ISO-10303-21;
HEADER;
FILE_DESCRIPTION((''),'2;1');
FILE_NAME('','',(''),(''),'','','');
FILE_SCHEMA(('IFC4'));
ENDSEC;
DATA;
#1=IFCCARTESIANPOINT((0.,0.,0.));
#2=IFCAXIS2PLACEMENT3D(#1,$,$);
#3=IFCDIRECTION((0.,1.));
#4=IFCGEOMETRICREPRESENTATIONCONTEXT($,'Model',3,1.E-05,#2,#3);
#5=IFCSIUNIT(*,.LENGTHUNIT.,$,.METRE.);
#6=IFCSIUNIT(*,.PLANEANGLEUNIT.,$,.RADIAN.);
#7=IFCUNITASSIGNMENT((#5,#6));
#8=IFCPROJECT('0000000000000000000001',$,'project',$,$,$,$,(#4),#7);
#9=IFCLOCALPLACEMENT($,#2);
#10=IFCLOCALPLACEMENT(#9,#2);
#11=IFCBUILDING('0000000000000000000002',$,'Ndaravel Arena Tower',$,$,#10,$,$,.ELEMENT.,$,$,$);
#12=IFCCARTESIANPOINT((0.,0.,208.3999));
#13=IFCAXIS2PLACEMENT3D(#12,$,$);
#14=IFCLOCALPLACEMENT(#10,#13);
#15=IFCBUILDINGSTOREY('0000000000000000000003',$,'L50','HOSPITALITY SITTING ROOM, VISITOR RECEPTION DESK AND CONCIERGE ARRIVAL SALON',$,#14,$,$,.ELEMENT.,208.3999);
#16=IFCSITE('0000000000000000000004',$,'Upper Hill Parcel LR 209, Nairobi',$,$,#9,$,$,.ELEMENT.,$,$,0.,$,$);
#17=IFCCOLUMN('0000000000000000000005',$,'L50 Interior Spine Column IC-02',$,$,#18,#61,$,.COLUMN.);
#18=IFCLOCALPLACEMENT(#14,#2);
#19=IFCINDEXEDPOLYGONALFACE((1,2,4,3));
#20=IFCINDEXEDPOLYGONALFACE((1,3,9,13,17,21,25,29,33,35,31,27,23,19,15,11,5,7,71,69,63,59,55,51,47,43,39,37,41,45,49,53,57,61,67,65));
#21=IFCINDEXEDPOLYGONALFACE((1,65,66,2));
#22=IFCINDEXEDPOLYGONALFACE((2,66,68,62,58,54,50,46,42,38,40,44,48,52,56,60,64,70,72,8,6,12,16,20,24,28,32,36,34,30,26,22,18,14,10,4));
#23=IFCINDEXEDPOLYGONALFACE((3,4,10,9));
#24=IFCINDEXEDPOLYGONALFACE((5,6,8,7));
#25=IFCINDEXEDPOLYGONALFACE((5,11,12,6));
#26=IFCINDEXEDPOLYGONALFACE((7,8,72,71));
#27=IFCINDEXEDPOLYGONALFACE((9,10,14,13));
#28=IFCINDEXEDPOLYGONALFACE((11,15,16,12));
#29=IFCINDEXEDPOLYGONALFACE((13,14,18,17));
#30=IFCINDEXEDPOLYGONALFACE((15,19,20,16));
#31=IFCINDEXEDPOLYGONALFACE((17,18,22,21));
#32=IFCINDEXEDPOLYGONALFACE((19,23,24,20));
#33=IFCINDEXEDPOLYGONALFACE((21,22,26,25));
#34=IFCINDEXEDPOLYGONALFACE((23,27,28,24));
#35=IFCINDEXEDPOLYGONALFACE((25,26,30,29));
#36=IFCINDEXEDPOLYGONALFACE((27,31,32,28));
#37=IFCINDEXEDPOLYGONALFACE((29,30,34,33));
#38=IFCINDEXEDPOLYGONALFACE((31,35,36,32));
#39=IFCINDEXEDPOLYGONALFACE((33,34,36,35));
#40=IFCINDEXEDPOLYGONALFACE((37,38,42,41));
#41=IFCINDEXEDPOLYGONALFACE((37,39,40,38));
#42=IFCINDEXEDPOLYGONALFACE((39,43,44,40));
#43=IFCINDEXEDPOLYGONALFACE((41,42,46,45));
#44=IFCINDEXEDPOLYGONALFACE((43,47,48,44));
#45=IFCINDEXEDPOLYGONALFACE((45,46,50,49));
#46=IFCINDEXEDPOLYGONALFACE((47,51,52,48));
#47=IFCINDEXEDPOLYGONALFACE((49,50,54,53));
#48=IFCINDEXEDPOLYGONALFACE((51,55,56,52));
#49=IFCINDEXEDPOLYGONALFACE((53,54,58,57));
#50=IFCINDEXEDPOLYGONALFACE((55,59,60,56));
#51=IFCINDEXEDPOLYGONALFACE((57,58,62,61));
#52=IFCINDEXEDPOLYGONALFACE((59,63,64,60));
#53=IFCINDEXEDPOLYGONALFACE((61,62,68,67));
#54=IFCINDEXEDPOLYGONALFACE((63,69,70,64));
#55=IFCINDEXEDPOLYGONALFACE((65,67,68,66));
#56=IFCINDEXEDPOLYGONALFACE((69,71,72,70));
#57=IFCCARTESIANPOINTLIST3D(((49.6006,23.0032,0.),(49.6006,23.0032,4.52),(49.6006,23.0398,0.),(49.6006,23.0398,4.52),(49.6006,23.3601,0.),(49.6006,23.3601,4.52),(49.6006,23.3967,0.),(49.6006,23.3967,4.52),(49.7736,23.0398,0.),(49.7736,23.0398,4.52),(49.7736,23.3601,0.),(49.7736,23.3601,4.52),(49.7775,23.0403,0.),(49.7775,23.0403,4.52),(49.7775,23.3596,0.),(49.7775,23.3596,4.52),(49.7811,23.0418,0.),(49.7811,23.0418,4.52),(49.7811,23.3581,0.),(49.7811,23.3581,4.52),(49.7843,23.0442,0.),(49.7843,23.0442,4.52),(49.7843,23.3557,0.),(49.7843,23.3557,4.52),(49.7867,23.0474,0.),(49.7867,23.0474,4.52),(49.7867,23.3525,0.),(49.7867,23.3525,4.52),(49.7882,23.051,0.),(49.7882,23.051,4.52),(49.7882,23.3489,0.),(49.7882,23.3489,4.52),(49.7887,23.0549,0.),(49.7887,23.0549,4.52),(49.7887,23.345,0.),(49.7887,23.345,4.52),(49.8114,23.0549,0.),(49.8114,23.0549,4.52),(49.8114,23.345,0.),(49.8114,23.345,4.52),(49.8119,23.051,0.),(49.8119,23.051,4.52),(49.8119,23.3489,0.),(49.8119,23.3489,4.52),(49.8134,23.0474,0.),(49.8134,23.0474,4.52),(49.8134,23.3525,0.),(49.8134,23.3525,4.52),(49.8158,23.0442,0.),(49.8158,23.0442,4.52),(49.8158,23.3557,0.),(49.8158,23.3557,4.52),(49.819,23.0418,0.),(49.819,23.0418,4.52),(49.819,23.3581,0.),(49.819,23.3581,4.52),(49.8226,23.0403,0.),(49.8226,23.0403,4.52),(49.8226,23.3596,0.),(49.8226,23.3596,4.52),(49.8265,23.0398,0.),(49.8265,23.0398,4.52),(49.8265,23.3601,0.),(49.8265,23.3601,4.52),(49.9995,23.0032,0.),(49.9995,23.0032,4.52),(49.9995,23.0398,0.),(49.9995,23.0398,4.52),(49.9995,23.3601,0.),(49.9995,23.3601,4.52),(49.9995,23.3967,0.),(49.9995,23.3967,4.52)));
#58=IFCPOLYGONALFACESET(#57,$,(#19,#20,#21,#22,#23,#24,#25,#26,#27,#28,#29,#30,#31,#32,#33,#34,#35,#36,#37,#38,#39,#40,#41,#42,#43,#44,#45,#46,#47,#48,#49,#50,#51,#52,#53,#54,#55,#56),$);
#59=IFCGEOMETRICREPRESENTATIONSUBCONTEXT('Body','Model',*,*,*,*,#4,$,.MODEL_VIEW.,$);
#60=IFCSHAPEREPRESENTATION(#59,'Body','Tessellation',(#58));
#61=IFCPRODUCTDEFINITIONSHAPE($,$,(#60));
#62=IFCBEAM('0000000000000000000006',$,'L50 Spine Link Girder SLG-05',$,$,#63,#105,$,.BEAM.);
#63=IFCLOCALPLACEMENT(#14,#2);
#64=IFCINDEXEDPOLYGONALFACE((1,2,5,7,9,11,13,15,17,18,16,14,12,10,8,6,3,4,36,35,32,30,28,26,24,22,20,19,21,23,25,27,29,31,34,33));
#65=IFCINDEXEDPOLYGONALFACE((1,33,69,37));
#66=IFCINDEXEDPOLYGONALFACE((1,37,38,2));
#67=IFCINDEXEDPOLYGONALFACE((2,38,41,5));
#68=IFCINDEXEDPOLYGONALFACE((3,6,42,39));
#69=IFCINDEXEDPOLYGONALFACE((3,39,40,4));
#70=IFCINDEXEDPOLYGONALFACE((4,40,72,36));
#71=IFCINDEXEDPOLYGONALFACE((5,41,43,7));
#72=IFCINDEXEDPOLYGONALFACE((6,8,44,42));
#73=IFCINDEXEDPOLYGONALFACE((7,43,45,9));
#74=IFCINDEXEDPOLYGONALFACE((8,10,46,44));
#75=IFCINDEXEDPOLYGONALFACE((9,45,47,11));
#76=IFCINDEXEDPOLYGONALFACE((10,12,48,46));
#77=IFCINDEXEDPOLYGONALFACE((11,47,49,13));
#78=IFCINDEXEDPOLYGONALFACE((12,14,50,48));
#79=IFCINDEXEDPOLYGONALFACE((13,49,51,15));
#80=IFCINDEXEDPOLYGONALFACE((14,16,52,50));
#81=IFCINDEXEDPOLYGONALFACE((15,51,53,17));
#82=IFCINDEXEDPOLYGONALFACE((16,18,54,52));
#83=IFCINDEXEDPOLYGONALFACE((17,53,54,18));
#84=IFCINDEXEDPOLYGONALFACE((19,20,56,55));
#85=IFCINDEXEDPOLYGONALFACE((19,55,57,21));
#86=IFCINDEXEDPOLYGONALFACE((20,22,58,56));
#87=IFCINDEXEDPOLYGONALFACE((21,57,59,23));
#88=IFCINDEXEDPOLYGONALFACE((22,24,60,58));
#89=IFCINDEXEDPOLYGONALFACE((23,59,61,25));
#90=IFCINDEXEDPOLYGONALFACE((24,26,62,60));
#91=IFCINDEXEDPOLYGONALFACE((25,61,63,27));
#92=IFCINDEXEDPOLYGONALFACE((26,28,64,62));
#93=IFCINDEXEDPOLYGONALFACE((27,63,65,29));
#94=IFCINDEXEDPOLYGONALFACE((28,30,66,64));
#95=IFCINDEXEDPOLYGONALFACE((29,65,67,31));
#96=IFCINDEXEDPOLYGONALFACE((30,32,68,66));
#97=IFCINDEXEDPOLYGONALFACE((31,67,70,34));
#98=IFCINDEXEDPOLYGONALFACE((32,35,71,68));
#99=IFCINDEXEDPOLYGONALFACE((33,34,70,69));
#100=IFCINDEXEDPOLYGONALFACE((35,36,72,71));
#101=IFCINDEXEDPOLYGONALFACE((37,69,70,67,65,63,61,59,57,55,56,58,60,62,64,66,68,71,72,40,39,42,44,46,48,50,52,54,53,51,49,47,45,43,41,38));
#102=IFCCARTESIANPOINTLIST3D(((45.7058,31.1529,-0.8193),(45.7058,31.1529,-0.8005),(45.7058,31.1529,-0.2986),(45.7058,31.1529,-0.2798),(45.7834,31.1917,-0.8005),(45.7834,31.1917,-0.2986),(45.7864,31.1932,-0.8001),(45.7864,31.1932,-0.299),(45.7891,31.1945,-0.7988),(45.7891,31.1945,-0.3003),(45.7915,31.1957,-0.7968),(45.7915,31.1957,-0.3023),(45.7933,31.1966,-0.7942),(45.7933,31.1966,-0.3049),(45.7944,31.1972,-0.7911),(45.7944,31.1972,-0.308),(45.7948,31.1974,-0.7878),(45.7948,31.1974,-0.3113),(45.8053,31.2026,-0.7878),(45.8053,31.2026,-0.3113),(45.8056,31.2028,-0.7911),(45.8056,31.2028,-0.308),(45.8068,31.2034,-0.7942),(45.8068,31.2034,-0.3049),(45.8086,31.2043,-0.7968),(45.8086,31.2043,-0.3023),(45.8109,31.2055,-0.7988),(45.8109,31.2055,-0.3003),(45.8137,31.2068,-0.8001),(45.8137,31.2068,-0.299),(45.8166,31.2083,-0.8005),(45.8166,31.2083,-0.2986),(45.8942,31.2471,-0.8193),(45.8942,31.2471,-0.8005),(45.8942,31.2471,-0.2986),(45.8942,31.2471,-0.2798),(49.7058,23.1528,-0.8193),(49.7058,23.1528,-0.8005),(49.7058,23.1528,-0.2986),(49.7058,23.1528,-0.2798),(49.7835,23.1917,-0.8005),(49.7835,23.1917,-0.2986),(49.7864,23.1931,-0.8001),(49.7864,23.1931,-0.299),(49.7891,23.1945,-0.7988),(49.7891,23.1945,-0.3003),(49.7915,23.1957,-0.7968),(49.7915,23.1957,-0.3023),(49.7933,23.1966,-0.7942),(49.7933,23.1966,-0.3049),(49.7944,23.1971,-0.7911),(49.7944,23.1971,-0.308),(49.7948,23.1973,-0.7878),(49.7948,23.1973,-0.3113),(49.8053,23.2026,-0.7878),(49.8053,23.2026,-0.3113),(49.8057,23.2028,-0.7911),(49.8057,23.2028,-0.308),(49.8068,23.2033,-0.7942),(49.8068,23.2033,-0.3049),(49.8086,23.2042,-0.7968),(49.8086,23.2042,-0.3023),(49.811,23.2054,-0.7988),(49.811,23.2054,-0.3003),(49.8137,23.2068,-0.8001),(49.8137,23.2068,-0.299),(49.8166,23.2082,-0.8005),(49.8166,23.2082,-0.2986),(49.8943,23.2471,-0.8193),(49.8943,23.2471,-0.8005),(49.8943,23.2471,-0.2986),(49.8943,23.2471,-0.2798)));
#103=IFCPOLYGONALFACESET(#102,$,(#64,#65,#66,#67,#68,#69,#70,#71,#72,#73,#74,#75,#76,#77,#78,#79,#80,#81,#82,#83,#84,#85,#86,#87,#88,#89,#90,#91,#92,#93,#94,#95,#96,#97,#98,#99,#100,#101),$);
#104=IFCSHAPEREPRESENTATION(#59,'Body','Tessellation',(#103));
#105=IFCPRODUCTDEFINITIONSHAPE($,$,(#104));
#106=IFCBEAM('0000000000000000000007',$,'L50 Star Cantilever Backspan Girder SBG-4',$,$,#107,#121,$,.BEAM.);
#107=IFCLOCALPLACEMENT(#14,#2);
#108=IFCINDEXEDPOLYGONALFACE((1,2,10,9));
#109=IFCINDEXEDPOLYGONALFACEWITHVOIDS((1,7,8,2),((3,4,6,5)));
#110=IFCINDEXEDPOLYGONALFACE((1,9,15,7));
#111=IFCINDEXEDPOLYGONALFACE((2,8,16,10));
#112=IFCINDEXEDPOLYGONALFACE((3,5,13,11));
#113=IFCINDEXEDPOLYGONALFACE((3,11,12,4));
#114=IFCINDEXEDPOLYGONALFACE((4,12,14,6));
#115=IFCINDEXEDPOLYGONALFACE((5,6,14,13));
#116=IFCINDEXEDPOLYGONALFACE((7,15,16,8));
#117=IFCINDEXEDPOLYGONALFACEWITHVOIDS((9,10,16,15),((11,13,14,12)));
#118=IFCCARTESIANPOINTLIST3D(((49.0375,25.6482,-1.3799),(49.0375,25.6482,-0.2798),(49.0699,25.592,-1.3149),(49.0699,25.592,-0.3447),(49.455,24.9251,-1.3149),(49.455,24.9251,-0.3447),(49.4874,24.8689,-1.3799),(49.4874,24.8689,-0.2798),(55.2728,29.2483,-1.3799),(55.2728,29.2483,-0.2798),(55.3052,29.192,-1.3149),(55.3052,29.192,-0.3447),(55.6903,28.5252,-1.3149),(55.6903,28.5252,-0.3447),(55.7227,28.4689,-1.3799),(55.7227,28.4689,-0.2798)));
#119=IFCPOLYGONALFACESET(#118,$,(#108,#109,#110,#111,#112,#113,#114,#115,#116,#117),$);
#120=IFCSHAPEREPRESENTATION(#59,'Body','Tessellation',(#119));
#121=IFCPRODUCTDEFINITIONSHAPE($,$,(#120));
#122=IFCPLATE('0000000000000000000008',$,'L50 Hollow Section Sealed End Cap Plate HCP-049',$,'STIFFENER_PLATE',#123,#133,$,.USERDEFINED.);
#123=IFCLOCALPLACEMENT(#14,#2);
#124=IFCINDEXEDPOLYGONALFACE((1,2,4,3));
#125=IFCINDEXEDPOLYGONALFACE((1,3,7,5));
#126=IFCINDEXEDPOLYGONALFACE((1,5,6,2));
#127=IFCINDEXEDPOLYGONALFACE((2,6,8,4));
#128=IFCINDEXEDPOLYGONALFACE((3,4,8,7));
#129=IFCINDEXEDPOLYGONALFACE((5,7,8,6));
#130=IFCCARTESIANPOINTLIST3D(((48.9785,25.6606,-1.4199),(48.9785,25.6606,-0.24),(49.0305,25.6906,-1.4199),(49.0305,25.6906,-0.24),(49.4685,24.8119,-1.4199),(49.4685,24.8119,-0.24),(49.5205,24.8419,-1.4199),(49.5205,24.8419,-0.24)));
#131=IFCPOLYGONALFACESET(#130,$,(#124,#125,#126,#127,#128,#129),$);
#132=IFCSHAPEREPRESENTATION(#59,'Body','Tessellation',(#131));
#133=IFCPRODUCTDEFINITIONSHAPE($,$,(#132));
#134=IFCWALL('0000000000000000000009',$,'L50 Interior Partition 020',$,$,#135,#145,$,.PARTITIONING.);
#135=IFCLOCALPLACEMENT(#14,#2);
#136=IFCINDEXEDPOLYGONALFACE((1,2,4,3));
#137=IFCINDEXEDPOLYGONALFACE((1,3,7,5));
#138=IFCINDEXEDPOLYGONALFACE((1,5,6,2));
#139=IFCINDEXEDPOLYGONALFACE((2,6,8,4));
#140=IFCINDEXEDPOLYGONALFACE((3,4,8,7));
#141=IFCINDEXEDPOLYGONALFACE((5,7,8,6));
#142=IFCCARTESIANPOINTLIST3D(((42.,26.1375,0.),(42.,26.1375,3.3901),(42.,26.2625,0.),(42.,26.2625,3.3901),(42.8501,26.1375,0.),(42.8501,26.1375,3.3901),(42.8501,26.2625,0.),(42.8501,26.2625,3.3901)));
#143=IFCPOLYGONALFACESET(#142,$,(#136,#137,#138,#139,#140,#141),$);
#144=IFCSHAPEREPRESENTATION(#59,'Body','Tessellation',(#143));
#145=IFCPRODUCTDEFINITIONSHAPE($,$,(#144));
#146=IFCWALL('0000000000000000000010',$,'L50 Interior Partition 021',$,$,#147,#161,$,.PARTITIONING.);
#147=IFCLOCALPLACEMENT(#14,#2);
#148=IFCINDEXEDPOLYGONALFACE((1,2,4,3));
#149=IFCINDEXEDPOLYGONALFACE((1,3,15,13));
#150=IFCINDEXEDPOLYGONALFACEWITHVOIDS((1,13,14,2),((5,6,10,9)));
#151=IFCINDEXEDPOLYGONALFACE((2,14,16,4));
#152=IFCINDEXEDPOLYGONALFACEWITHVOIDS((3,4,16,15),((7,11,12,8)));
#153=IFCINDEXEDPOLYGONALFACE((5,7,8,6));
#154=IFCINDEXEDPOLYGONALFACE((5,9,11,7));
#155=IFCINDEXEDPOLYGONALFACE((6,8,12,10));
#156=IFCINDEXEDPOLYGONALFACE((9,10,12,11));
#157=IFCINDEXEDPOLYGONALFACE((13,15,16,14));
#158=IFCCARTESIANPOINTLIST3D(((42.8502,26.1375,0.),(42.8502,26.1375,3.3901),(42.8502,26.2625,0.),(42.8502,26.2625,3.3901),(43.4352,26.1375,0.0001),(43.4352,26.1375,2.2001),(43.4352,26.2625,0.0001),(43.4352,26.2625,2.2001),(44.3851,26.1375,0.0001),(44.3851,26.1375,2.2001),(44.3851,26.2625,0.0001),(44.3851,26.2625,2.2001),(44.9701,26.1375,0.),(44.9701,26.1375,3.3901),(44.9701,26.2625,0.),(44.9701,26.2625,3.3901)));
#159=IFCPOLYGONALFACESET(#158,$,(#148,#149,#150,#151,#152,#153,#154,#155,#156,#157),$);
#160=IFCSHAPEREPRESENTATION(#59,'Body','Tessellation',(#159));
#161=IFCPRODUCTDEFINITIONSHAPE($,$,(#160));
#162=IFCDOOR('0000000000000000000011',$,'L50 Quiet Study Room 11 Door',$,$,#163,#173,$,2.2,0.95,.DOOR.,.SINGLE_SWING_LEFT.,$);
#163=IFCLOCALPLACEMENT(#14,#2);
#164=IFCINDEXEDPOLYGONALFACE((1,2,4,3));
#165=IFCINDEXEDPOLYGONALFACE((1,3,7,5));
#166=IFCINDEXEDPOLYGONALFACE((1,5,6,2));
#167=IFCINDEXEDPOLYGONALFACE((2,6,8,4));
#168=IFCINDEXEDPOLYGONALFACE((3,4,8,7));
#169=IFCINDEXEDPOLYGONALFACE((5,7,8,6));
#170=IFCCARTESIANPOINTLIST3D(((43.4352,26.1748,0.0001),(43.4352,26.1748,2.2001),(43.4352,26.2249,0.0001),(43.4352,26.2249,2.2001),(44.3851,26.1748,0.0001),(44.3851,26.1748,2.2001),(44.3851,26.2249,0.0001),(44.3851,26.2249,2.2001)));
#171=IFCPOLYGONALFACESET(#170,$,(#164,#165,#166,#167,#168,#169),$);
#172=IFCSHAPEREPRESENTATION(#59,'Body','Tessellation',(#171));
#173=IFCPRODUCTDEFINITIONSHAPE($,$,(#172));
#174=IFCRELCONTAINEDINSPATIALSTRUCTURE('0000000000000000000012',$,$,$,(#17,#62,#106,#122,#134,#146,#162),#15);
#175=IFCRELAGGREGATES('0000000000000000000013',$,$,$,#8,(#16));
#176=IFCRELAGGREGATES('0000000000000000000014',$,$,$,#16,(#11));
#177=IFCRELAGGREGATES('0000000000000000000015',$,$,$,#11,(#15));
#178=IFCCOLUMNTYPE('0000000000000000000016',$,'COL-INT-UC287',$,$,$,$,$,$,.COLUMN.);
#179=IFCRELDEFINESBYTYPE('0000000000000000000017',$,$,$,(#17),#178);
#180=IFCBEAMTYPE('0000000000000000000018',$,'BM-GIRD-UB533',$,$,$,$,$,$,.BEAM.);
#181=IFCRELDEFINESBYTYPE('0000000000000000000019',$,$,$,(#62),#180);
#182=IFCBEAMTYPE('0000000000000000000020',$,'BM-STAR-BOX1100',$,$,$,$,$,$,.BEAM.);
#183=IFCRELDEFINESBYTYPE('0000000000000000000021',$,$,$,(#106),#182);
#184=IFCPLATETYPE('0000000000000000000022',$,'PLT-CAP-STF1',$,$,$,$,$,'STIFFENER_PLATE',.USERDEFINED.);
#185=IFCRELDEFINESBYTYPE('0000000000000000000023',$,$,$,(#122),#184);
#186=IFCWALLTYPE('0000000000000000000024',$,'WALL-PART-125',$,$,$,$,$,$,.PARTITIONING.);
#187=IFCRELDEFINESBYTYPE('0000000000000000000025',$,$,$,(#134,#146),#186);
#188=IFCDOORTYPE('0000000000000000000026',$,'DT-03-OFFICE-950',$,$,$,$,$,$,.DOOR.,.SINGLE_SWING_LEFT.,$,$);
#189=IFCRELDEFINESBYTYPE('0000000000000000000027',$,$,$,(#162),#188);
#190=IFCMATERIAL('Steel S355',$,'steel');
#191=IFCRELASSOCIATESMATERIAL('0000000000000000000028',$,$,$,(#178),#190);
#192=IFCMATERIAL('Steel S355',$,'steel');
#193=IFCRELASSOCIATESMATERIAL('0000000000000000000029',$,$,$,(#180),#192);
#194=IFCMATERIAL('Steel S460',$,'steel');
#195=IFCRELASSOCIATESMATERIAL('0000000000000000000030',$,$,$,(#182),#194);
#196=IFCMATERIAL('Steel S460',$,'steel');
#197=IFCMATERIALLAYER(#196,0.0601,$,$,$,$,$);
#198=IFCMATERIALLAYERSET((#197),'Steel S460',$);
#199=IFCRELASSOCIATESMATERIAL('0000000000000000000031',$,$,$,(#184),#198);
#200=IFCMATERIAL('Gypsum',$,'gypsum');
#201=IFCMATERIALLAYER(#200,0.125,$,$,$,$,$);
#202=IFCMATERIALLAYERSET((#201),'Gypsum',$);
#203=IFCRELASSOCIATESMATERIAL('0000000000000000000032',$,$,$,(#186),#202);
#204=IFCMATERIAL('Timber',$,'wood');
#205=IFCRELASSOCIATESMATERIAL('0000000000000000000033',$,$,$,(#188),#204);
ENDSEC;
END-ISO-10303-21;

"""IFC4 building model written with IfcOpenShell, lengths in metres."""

from ifc_helpers import new_model, si_unit, direction, frame, frame_2d, origin, origin_2d, place, context, subcontext, project, spatial, rectangle, hollow_rectangle, i_section, extrude, material, layer, layer_set, material_profile, profile_set, type_object, element, fill, save


model = new_model("IFC4")

# Units and contexts
model_context = context("Model", 3, precision=1e-05, world=origin(), true_north=direction((0.0, 1.0)))
body_context = subcontext(model_context, "Body", "Model", "MODEL_VIEW")
ifc_project = project(units=[si_unit("LENGTHUNIT", "METRE"), si_unit("PLANEANGLEUNIT", "RADIAN")], contexts=[model_context])

# Site, building, storey
site_placement = place(None, origin())
site = spatial("IfcSite", under=ifc_project, at=site_placement, Name="Upper Hill Parcel LR 209, Nairobi", CompositionType="ELEMENT", RefElevation=0.0)
building_placement = place(site_placement, origin())
building = spatial("IfcBuilding", under=site, at=building_placement, Name="Ndaravel Arena Tower", CompositionType="ELEMENT")
storey_placement = place(building_placement, frame((0.0, 0.0, 208.3999)))
storey = spatial("IfcBuildingStorey", under=building, at=storey_placement, Name="L50", Description="HOSPITALITY SITTING ROOM, VISITOR RECEPTION DESK AND CONCIERGE ARRIVAL SALON", CompositionType="ELEMENT", Elevation=208.3999)

# Column
ifc_material_1 = material(Name="Steel S355", Category="steel")
ifc_material_profile_1 = material_profile(ifc_material_1, i_section(OverallWidth=0.3989, OverallDepth=0.3936, WebThickness=0.0227, FlangeThickness=0.0366, FilletRadius=0.0151, at=origin_2d()), Name="UC 356x406x287")
ifc_profile_set_1 = profile_set([ifc_material_profile_1], Name="Steel S355")
column_type = type_object("IfcColumnType", Name="COL-INT-UC287", PredefinedType="COLUMN", material=ifc_profile_set_1)
column_placement = place(storey_placement, frame((49.8, 23.2, 0.0), z_axis=(0.0, 0.0, 1.0), x_axis=(1.0, 0.0, 0.0)))
element("IfcColumn", 1, at=column_placement, inside=storey, type_object=column_type, Name="L50 Interior Spine Column IC-02", PredefinedType="COLUMN", context=body_context, shape_type="SweptSolid", body=[
    extrude(i_section(OverallWidth=0.3989, OverallDepth=0.3936, WebThickness=0.0227, FlangeThickness=0.0366, FilletRadius=0.0151, at=origin_2d()), origin(), (0.0, 0.0, 1.0), 4.52),
])

# Beams
ifc_material_2 = material(Name="Steel S355", Category="steel")
ifc_material_profile_2 = material_profile(ifc_material_2, i_section(OverallWidth=0.2107, OverallDepth=0.5396, WebThickness=0.0117, FlangeThickness=0.0188, FilletRadius=0.0127, at=origin_2d()), Name="UB 533x210x109")
ifc_profile_set_2 = profile_set([ifc_material_profile_2], Name="Steel S355")
beam_type_1 = type_object("IfcBeamType", Name="BM-GIRD-UB533", PredefinedType="BEAM", material=ifc_profile_set_2)
beam_1_placement = place(storey_placement, frame((49.8, 23.2, -0.5496), z_axis=(-0.447214, 0.894427, 0.0), x_axis=(-0.894427, -0.447214, 0.0)))
element("IfcBeam", 2, at=beam_1_placement, inside=storey, type_object=beam_type_1, Name="L50 Spine Link Girder SLG-05", PredefinedType="BEAM", context=body_context, shape_type="SweptSolid", body=[
    extrude(i_section(OverallWidth=0.2107, OverallDepth=0.5396, WebThickness=0.0117, FlangeThickness=0.0188, FilletRadius=0.0127, at=origin_2d()), origin(), (0.0, 0.0, 1.0), 8.9443),
])
ifc_material_3 = material(Name="Steel S460", Category="steel")
ifc_material_profile_3 = material_profile(ifc_material_3, hollow_rectangle(XDim=0.8999, YDim=1.1001, WallThickness=0.0649, at=origin_2d()), Name="BOX 1100x900x65")
ifc_profile_set_3 = profile_set([ifc_material_profile_3], Name="Steel S460")
beam_type_2 = type_object("IfcBeamType", Name="BM-STAR-BOX1100", PredefinedType="BEAM", material=ifc_profile_set_3)
beam_2_placement = place(storey_placement, frame((49.2625, 25.2585, -0.8298), z_axis=(0.866018, 0.500012, 0.0), x_axis=(-0.500012, 0.866018, 0.0)))
element("IfcBeam", 3, at=beam_2_placement, inside=storey, type_object=beam_type_2, Name="L50 Star Cantilever Backspan Girder SBG-4", PredefinedType="BEAM", context=body_context, shape_type="SweptSolid", body=[
    extrude(hollow_rectangle(XDim=0.8999, YDim=1.1001, WallThickness=0.0649, at=origin_2d()), origin(), (0.0, 0.0, 1.0), 7.2),
])

# Plate
ifc_material_4 = material(Name="Steel S460", Category="steel")
ifc_layer_1 = layer(ifc_material_4, 0.0601)
ifc_layer_set_1 = layer_set([ifc_layer_1], Name="Steel S460")
plate_type = type_object("IfcPlateType", Name="PLT-CAP-STF1", ElementType="STIFFENER_PLATE", PredefinedType="USERDEFINED", material=ifc_layer_set_1)
plate_placement = place(storey_placement, frame((49.2495, 25.2512, -1.4199), z_axis=(0.0, 0.0, 1.0), x_axis=(0.866025, 0.5, 0.0)))
element("IfcPlate", 4, at=plate_placement, inside=storey, type_object=plate_type, Name="L50 Hollow Section Sealed End Cap Plate HCP-049", ObjectType="STIFFENER_PLATE", PredefinedType="USERDEFINED", context=body_context, shape_type="SweptSolid", body=[
    extrude(rectangle(XDim=0.0601, YDim=0.98, at=origin_2d()), origin(), (0.0, 0.0, 1.0), 1.1799),
])

# Wall
ifc_material_5 = material(Name="Gypsum", Category="gypsum")
ifc_layer_2 = layer(ifc_material_5, 0.125)
ifc_layer_set_2 = layer_set([ifc_layer_2], Name="Gypsum")
wall_type = type_object("IfcWallType", Name="WALL-PART-125", PredefinedType="PARTITIONING", material=ifc_layer_set_2)
wall_1_placement = place(storey_placement, frame((42.0, 26.2, 0.0), z_axis=(0.0, 0.0, 1.0), x_axis=(1.0, 0.0, 0.0)))
element("IfcWall", 5, at=wall_1_placement, inside=storey, type_object=wall_type, Name="L50 Interior Partition 020", PredefinedType="PARTITIONING", context=body_context, shape_type="SweptSolid", body=[
    extrude(rectangle(XDim=0.8501, YDim=0.125, at=frame_2d((0.425, 0.0))), origin(), (0.0, 0.0, 1.0), 3.3901),
])

# Wall, opening, door
wall_2_placement = place(storey_placement, frame((42.8501, 26.2, 0.0), z_axis=(0.0, 0.0, 1.0), x_axis=(1.0, 0.0, 0.0)))
wall_2 = element("IfcWall", 6, at=wall_2_placement, inside=storey, type_object=wall_type, Name="L50 Interior Partition 021", PredefinedType="PARTITIONING", context=body_context, shape_type="SweptSolid", body=[
    extrude(rectangle(XDim=2.1199, YDim=0.125, at=frame_2d((1.0601, 0.0))), origin(), (0.0, 0.0, 1.0), 3.3901),
])
opening_1_placement = place(wall_2_placement, frame((0.585, 0.0, 0.0)))
opening_1 = element("IfcOpeningElement", 7, at=opening_1_placement, cuts=wall_2, PredefinedType="OPENING", context=body_context, shape_type="SweptSolid", body=[
    extrude(rectangle(XDim=0.95, YDim=2.2, at=frame_2d((0.4751, 1.1001))), frame((0.0, 0.0625, 0.0), z_axis=(0.0, -1.0, 0.0), x_axis=(1.0, 0.0, 0.0)), (0.0, 0.0, 1.0), 0.125),
])
ifc_material_6 = material(Name="Timber", Category="wood")
door_type_1 = type_object("IfcDoorType", Name="DT-03-OFFICE-950", OperationType="SINGLE_SWING_LEFT", PredefinedType="DOOR", material=ifc_material_6)
door_1_placement = place(opening_1_placement, origin())
door_1 = element("IfcDoor", 8, at=door_1_placement, inside=storey, type_object=door_type_1, Name="L50 Quiet Study Room 11 Door", OperationType="SINGLE_SWING_LEFT", OverallHeight=2.2, OverallWidth=0.95, PredefinedType="DOOR", context=body_context, shape_type="SweptSolid", body=[
    extrude(rectangle(XDim=0.95, YDim=2.2, at=frame_2d((0.4751, 1.1001))), frame((0.0, 0.0249, 0.0), z_axis=(0.0, -1.0, 0.0), x_axis=(1.0, 0.0, 0.0)), (0.0, 0.0, 1.0), 0.05),
])
fill(opening_1, door_1)

save(model, "model.ifc")
